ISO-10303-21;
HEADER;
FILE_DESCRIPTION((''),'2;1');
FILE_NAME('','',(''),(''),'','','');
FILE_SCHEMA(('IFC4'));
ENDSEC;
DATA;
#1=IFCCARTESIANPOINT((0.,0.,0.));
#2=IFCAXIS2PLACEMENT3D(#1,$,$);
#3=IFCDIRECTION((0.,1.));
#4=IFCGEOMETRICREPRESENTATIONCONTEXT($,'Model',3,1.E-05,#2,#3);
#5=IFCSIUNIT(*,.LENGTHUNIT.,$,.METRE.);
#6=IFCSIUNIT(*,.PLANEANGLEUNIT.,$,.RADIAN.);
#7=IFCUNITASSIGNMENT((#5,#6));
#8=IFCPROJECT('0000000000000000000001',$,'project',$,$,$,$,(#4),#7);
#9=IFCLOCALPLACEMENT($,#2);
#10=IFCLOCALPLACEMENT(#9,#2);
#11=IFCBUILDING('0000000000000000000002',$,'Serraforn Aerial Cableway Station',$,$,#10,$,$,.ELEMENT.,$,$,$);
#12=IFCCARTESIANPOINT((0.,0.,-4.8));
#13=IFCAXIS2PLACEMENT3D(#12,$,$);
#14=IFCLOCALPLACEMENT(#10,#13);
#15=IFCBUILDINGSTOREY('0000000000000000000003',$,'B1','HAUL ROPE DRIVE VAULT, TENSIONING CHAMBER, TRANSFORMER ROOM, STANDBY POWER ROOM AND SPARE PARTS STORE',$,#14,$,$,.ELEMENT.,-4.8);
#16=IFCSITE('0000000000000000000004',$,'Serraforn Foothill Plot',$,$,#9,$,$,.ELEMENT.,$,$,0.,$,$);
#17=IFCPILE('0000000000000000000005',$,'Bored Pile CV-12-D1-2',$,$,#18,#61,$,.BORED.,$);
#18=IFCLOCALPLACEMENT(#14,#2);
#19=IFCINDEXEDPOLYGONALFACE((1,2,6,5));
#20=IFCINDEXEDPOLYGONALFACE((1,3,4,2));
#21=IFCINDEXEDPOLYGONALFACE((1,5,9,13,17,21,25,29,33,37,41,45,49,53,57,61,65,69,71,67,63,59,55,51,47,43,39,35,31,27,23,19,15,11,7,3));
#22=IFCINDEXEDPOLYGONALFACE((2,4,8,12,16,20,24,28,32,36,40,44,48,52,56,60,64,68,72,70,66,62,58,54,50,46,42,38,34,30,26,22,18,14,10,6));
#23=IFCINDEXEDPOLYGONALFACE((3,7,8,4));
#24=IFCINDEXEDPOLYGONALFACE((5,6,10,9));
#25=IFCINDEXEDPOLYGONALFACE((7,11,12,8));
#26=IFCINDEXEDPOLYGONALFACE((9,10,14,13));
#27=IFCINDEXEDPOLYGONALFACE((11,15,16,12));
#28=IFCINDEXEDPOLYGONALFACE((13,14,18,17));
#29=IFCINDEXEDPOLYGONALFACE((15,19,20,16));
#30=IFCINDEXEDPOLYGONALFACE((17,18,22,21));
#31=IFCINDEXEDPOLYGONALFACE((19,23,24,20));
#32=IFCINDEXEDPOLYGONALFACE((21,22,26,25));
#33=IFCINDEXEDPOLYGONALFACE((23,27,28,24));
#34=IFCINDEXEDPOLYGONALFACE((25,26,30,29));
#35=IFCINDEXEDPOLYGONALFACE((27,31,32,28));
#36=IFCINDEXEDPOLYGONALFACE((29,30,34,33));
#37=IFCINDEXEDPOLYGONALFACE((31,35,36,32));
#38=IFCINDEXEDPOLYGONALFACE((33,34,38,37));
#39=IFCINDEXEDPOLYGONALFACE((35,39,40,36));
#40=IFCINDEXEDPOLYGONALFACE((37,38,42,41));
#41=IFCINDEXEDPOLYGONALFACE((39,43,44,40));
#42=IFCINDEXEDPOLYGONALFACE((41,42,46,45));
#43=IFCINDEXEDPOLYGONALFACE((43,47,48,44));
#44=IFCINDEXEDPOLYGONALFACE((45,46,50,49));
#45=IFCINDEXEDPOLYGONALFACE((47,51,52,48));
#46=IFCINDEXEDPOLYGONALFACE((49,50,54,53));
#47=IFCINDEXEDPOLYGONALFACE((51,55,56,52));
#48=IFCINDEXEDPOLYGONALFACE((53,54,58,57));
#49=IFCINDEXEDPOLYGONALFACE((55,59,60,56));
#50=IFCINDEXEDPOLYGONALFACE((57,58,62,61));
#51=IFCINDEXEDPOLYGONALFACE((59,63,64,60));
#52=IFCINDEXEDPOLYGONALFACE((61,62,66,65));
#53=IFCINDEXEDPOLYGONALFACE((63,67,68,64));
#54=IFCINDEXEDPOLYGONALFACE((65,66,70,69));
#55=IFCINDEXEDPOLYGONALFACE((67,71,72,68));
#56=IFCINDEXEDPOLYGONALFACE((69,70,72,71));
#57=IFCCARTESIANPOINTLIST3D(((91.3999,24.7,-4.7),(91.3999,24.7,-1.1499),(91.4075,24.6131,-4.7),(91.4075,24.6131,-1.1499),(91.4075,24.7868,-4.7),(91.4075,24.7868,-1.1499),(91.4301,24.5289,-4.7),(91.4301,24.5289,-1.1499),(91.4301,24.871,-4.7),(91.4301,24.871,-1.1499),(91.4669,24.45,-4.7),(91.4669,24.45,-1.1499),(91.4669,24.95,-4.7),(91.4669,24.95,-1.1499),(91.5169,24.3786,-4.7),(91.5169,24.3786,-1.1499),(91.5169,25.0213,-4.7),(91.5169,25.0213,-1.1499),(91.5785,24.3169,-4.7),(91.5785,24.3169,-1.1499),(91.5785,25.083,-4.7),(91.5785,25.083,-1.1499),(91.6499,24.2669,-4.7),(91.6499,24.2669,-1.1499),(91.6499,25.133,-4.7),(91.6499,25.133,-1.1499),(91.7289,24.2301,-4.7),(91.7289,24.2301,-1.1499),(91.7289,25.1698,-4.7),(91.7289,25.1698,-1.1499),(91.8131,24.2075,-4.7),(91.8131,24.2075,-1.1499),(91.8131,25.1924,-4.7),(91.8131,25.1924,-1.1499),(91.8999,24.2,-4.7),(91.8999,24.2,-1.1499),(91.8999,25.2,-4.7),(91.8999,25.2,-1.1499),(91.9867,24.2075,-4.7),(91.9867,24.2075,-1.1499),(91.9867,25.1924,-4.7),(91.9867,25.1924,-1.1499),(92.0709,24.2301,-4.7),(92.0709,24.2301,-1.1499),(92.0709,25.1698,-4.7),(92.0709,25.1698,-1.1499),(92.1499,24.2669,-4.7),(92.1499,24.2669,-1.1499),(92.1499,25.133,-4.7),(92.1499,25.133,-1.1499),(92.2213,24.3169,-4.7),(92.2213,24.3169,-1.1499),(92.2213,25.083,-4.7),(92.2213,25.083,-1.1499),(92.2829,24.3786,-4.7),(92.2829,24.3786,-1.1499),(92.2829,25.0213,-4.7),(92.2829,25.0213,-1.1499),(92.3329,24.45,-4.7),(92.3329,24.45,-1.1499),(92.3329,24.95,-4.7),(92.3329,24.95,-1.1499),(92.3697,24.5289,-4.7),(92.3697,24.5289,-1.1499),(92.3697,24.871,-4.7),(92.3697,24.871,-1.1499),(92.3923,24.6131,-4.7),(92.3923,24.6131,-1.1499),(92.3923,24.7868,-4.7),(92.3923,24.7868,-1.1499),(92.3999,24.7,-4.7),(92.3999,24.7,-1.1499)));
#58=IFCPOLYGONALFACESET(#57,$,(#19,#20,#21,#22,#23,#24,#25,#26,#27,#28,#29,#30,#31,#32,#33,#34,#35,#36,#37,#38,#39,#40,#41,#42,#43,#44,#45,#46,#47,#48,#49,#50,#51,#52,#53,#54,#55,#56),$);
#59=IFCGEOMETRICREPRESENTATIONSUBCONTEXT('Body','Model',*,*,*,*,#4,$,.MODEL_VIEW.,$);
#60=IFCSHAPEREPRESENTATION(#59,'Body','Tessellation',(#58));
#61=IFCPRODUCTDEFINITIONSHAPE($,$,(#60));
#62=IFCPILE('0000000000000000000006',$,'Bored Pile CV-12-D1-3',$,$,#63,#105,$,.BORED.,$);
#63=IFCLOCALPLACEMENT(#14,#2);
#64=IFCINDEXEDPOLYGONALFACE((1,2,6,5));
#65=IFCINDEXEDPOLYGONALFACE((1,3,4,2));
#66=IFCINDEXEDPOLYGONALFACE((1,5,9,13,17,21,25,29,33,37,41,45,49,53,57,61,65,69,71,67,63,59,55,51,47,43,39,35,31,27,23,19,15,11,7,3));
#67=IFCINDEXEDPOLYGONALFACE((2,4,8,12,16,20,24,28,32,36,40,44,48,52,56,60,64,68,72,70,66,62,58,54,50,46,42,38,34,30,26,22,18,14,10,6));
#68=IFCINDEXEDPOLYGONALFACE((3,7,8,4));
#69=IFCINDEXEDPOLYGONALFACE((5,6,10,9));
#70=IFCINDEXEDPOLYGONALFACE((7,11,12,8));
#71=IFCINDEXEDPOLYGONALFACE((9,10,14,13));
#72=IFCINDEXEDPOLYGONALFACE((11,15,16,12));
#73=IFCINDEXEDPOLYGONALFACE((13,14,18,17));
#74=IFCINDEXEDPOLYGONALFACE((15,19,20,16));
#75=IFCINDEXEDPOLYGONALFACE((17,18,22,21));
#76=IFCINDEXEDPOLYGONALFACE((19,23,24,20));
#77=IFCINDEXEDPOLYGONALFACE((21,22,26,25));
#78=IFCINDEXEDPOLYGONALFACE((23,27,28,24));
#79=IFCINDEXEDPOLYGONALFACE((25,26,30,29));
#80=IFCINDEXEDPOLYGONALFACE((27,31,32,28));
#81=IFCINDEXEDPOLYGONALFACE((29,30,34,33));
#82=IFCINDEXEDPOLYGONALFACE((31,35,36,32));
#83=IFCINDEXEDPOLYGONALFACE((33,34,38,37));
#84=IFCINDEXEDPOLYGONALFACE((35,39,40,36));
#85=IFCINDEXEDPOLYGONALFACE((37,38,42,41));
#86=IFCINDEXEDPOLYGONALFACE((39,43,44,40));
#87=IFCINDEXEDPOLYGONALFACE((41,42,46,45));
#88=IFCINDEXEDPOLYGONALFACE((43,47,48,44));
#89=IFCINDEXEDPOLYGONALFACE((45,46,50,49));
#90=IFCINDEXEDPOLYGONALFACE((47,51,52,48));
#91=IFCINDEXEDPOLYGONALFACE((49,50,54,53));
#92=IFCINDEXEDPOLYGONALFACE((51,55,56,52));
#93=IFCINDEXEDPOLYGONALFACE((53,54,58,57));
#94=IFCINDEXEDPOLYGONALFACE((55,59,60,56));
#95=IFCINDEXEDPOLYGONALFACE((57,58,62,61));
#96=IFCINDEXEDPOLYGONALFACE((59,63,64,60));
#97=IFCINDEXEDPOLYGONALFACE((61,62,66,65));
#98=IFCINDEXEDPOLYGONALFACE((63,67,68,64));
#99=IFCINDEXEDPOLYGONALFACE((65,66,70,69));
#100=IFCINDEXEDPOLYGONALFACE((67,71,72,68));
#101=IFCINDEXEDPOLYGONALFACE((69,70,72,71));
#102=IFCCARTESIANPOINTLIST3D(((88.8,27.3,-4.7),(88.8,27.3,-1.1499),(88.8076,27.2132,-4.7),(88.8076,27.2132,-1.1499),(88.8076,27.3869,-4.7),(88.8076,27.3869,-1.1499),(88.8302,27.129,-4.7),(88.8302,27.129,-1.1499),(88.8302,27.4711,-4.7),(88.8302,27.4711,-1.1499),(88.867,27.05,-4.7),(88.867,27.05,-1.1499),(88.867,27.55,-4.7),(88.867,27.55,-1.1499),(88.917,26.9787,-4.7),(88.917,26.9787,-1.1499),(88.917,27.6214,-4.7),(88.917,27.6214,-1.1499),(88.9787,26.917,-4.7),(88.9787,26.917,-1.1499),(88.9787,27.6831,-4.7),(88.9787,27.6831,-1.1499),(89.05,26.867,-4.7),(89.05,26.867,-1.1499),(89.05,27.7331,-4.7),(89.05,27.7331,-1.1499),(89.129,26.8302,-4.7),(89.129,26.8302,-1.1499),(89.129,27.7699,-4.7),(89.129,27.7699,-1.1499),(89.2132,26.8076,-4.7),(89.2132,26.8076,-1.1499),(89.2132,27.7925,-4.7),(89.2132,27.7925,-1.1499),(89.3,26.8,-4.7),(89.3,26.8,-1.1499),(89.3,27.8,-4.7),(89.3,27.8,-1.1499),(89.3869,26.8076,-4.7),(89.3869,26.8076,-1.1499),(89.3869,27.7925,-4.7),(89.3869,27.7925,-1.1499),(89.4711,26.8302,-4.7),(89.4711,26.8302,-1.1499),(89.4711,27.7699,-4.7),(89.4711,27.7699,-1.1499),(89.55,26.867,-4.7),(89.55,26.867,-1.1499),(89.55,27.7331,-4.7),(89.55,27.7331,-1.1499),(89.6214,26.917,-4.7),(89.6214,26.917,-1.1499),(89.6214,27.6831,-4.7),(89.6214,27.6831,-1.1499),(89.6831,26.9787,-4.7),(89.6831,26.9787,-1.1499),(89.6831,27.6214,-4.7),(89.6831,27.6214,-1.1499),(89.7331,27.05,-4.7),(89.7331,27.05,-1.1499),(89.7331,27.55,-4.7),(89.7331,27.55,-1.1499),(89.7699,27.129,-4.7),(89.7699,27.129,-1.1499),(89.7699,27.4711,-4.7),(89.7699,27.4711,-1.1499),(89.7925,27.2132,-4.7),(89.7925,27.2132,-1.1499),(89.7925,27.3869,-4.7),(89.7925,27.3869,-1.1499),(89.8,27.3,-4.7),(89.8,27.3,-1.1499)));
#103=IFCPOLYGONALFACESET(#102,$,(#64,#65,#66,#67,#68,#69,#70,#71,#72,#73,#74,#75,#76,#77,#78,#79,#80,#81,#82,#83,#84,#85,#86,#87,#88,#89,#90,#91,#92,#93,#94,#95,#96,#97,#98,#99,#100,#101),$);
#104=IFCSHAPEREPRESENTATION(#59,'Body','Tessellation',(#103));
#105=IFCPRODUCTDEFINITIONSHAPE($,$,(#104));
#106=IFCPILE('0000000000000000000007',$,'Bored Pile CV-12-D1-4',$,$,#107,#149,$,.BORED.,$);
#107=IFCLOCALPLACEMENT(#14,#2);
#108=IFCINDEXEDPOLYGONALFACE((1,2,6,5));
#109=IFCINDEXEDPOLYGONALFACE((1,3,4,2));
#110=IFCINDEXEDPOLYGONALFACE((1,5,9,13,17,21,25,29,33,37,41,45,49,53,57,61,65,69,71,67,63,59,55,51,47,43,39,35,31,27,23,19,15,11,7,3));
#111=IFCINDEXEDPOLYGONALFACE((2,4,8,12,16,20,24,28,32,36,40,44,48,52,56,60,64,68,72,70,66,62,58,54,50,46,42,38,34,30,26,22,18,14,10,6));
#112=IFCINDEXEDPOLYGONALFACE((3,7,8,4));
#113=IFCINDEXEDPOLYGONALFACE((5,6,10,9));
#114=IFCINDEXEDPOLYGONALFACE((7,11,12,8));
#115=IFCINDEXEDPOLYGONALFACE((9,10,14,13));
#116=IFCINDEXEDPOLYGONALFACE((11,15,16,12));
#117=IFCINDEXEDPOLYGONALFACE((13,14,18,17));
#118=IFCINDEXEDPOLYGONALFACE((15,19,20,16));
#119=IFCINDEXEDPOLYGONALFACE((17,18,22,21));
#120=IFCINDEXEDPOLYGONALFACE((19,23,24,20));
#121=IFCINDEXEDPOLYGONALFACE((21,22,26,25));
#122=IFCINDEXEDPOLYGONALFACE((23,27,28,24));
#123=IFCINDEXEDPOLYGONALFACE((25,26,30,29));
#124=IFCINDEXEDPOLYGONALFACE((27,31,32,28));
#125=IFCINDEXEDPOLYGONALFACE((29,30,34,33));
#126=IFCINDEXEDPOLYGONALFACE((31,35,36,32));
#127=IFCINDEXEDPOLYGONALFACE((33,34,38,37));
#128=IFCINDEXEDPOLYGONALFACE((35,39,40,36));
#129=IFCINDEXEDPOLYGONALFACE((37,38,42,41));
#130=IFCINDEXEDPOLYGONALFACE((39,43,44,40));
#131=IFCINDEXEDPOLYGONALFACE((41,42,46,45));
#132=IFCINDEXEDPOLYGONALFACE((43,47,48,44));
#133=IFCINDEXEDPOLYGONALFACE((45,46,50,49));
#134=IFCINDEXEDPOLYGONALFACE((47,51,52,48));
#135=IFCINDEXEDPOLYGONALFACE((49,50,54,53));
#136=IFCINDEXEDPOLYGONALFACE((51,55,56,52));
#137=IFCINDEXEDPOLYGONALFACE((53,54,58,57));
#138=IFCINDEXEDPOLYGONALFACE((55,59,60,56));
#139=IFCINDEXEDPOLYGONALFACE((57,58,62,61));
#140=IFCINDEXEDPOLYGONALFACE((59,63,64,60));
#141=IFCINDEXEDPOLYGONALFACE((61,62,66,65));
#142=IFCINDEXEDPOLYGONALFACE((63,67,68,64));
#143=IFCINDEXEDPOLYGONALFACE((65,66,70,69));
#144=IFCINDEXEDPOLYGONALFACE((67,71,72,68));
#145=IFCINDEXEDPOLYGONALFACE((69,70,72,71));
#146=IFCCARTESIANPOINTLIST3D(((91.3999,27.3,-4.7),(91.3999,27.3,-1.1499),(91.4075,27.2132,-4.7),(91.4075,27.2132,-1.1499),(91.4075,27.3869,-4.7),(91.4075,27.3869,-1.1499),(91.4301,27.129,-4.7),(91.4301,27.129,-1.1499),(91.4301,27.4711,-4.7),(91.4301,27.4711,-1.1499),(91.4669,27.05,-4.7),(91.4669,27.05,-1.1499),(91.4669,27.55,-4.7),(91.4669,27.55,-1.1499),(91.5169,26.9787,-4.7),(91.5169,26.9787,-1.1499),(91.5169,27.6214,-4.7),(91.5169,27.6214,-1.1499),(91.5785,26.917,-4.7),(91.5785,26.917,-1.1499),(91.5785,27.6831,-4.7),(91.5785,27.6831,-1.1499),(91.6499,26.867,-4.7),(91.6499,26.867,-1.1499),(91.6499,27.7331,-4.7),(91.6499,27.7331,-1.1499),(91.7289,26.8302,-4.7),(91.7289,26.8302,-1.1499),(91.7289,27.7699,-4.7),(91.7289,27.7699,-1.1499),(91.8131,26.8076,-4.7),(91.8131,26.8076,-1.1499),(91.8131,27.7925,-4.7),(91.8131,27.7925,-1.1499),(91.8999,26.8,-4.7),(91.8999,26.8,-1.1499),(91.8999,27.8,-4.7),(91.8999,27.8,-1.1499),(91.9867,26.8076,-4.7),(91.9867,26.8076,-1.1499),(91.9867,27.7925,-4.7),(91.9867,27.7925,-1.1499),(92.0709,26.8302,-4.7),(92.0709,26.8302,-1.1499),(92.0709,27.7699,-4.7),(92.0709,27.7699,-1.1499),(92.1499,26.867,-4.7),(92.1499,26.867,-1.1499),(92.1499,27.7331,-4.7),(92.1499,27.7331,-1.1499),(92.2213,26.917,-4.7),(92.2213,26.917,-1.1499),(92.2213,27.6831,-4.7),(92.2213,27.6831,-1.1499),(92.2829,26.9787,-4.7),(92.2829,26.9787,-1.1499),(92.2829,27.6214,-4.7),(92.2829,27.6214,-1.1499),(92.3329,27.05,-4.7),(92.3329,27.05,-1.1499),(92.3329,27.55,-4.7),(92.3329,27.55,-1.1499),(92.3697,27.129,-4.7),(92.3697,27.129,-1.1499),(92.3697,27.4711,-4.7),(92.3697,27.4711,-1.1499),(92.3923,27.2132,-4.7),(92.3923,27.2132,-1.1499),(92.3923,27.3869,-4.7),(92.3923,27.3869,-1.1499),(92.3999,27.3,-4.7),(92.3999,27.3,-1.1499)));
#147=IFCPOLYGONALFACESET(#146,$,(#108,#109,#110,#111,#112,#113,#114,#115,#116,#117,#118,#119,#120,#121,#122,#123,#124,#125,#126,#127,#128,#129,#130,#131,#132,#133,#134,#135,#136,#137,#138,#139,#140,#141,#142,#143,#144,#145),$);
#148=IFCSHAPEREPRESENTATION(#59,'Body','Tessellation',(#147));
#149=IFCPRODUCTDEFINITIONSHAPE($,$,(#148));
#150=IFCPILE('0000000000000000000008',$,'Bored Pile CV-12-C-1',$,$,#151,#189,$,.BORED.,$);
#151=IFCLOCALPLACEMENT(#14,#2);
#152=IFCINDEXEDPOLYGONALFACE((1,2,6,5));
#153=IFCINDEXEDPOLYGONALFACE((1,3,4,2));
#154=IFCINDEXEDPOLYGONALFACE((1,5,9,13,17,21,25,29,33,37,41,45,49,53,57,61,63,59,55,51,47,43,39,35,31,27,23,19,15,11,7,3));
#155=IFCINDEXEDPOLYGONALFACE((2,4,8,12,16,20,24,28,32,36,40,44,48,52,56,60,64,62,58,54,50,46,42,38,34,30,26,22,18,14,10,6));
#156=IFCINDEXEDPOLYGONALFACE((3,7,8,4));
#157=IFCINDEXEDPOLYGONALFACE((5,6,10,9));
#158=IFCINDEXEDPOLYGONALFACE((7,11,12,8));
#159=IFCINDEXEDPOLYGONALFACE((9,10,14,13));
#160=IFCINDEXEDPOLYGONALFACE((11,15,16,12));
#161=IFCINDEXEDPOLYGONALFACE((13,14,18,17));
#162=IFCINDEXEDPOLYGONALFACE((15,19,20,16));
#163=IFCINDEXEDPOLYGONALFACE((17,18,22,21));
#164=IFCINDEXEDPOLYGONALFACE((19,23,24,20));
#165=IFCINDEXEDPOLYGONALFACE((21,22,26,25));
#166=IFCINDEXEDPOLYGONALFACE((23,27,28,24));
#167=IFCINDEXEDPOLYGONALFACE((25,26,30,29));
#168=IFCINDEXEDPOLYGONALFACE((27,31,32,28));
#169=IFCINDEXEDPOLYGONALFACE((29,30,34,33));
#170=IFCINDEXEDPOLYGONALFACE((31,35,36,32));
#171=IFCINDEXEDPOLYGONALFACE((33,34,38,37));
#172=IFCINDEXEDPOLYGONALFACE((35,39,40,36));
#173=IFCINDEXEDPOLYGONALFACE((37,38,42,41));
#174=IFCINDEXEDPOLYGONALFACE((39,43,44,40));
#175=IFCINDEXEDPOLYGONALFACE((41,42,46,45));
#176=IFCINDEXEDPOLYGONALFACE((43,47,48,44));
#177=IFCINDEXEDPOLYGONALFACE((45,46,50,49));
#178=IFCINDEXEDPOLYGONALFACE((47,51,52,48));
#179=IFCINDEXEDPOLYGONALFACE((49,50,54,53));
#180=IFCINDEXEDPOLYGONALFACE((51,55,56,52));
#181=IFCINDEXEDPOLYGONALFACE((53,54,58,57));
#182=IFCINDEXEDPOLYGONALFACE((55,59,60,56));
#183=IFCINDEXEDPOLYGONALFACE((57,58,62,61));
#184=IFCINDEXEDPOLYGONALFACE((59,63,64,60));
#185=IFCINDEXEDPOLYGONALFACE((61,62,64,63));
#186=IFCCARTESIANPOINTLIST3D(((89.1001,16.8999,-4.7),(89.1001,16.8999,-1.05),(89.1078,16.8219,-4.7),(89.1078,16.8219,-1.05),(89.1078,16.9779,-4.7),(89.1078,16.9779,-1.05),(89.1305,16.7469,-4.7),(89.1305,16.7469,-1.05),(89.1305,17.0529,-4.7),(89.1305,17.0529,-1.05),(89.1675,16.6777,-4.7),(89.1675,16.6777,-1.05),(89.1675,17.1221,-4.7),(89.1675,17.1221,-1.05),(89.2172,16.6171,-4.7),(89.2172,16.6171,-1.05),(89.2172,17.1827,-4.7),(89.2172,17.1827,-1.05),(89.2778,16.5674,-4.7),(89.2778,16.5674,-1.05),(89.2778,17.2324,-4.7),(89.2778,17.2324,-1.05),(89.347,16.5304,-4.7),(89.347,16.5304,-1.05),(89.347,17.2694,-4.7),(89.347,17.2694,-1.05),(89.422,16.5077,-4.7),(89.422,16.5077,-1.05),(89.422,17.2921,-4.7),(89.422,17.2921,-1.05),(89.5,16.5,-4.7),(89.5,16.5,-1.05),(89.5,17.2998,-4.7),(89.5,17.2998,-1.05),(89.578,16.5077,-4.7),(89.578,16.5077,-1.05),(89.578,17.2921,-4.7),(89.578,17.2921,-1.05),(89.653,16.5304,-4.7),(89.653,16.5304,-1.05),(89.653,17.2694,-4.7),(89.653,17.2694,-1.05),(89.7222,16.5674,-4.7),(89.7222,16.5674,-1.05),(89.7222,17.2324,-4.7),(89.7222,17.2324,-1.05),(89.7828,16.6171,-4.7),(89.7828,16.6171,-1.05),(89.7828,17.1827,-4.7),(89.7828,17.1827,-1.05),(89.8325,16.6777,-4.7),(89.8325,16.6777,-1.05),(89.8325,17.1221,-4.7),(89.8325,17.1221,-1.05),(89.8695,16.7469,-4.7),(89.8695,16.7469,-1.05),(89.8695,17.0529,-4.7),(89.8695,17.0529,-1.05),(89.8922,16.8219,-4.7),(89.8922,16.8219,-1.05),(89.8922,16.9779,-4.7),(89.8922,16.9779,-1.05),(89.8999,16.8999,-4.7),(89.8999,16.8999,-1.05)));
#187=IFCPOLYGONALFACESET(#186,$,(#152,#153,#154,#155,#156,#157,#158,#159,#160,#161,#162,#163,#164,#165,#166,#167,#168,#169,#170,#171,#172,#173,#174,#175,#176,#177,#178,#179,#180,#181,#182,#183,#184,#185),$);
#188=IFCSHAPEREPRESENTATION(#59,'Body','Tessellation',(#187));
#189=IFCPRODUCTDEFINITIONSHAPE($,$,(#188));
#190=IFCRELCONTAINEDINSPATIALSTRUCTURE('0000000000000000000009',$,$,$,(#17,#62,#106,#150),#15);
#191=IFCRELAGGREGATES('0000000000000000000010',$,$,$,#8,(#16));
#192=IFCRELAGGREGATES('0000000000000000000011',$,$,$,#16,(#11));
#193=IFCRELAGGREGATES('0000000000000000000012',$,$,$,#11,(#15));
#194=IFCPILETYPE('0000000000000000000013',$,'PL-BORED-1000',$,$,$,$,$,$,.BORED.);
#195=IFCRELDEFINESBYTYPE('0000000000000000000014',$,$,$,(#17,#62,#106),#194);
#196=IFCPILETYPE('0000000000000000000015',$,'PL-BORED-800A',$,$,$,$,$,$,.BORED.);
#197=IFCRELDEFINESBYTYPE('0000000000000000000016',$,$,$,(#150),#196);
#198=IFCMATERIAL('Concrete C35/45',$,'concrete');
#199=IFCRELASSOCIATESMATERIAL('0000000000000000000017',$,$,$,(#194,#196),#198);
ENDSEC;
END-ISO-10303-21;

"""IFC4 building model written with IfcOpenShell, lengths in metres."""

from ifc_helpers import new_model, si_unit, direction, frame, origin, origin_2d, place, context, subcontext, project, spatial, circle, extrude, material, material_profile, profile_set, type_object, element, save


model = new_model("IFC4")

# Units and contexts
model_context = context("Model", 3, precision=1e-05, world=origin(), true_north=direction((0.0, 1.0)))
body_context = subcontext(model_context, "Body", "Model", "MODEL_VIEW")
ifc_project = project(units=[si_unit("LENGTHUNIT", "METRE"), si_unit("PLANEANGLEUNIT", "RADIAN")], contexts=[model_context])

# Site, building, storey
site_placement = place(None, origin())
site = spatial("IfcSite", under=ifc_project, at=site_placement, Name="Serraforn Foothill Plot", CompositionType="ELEMENT", RefElevation=0.0)
building_placement = place(site_placement, origin())
building = spatial("IfcBuilding", under=site, at=building_placement, Name="Serraforn Aerial Cableway Station", CompositionType="ELEMENT")
storey_placement = place(building_placement, frame((0.0, 0.0, -4.8)))
storey = spatial("IfcBuildingStorey", under=building, at=storey_placement, Name="B1", Description="HAUL ROPE DRIVE VAULT, TENSIONING CHAMBER, TRANSFORMER ROOM, STANDBY POWER ROOM AND SPARE PARTS STORE", CompositionType="ELEMENT", Elevation=-4.8)

# Shared definitions
ifc_material_1 = material(Name="Concrete C35/45", Category="concrete")

# Piles
ifc_material_profile_1 = material_profile(ifc_material_1, circle(Radius=0.5, at=origin_2d()), Name="BORED PILE D1000")
ifc_profile_set_1 = profile_set([ifc_material_profile_1], Name="Concrete C35/45")
pile_type_1 = type_object("IfcPileType", Name="PL-BORED-1000", PredefinedType="BORED", material=ifc_profile_set_1)
for number, where, z_axis, x_axis, name in (
    (1, (91.8999, 24.7, -1.1499), (0.0, 0.0, -1.0), (1.0, 0.0, 0.0), "Bored Pile CV-12-D1-2"),
    (2, (89.3, 27.3, -1.1499), (0.0, 0.0, -1.0), (1.0, 0.0, 0.0), "Bored Pile CV-12-D1-3"),
    (3, (91.8999, 27.3, -1.1499), (0.0, 0.0, -1.0), (1.0, 0.0, 0.0), "Bored Pile CV-12-D1-4"),
):
    element("IfcPile", number, at=place(storey_placement, frame(where, z_axis=z_axis, x_axis=x_axis)), inside=storey, type_object=pile_type_1, Name=name, PredefinedType="BORED", context=body_context, shape_type="SweptSolid", body=[
        extrude(circle(Radius=0.5, at=origin_2d()), origin(), (0.0, 0.0, 1.0), 3.55),
    ])
ifc_material_profile_2 = material_profile(ifc_material_1, circle(Radius=0.3999, at=origin_2d()), Name="BORED PILE D800")
ifc_profile_set_2 = profile_set([ifc_material_profile_2], Name="Concrete C35/45")
pile_type_2 = type_object("IfcPileType", Name="PL-BORED-800A", PredefinedType="BORED", material=ifc_profile_set_2)
for number, where, z_axis, x_axis, name in (
    (4, (89.5, 16.8999, -1.05), (0.0, 0.0, -1.0), (1.0, 0.0, 0.0), "Bored Pile CV-12-C-1"),
):
    element("IfcPile", number, at=place(storey_placement, frame(where, z_axis=z_axis, x_axis=x_axis)), inside=storey, type_object=pile_type_2, Name=name, PredefinedType="BORED", context=body_context, shape_type="SweptSolid", body=[
        extrude(circle(Radius=0.3999, at=origin_2d()), origin(), (0.0, 0.0, 1.0), 3.6499),
    ])

save(model, "model.ifc")
